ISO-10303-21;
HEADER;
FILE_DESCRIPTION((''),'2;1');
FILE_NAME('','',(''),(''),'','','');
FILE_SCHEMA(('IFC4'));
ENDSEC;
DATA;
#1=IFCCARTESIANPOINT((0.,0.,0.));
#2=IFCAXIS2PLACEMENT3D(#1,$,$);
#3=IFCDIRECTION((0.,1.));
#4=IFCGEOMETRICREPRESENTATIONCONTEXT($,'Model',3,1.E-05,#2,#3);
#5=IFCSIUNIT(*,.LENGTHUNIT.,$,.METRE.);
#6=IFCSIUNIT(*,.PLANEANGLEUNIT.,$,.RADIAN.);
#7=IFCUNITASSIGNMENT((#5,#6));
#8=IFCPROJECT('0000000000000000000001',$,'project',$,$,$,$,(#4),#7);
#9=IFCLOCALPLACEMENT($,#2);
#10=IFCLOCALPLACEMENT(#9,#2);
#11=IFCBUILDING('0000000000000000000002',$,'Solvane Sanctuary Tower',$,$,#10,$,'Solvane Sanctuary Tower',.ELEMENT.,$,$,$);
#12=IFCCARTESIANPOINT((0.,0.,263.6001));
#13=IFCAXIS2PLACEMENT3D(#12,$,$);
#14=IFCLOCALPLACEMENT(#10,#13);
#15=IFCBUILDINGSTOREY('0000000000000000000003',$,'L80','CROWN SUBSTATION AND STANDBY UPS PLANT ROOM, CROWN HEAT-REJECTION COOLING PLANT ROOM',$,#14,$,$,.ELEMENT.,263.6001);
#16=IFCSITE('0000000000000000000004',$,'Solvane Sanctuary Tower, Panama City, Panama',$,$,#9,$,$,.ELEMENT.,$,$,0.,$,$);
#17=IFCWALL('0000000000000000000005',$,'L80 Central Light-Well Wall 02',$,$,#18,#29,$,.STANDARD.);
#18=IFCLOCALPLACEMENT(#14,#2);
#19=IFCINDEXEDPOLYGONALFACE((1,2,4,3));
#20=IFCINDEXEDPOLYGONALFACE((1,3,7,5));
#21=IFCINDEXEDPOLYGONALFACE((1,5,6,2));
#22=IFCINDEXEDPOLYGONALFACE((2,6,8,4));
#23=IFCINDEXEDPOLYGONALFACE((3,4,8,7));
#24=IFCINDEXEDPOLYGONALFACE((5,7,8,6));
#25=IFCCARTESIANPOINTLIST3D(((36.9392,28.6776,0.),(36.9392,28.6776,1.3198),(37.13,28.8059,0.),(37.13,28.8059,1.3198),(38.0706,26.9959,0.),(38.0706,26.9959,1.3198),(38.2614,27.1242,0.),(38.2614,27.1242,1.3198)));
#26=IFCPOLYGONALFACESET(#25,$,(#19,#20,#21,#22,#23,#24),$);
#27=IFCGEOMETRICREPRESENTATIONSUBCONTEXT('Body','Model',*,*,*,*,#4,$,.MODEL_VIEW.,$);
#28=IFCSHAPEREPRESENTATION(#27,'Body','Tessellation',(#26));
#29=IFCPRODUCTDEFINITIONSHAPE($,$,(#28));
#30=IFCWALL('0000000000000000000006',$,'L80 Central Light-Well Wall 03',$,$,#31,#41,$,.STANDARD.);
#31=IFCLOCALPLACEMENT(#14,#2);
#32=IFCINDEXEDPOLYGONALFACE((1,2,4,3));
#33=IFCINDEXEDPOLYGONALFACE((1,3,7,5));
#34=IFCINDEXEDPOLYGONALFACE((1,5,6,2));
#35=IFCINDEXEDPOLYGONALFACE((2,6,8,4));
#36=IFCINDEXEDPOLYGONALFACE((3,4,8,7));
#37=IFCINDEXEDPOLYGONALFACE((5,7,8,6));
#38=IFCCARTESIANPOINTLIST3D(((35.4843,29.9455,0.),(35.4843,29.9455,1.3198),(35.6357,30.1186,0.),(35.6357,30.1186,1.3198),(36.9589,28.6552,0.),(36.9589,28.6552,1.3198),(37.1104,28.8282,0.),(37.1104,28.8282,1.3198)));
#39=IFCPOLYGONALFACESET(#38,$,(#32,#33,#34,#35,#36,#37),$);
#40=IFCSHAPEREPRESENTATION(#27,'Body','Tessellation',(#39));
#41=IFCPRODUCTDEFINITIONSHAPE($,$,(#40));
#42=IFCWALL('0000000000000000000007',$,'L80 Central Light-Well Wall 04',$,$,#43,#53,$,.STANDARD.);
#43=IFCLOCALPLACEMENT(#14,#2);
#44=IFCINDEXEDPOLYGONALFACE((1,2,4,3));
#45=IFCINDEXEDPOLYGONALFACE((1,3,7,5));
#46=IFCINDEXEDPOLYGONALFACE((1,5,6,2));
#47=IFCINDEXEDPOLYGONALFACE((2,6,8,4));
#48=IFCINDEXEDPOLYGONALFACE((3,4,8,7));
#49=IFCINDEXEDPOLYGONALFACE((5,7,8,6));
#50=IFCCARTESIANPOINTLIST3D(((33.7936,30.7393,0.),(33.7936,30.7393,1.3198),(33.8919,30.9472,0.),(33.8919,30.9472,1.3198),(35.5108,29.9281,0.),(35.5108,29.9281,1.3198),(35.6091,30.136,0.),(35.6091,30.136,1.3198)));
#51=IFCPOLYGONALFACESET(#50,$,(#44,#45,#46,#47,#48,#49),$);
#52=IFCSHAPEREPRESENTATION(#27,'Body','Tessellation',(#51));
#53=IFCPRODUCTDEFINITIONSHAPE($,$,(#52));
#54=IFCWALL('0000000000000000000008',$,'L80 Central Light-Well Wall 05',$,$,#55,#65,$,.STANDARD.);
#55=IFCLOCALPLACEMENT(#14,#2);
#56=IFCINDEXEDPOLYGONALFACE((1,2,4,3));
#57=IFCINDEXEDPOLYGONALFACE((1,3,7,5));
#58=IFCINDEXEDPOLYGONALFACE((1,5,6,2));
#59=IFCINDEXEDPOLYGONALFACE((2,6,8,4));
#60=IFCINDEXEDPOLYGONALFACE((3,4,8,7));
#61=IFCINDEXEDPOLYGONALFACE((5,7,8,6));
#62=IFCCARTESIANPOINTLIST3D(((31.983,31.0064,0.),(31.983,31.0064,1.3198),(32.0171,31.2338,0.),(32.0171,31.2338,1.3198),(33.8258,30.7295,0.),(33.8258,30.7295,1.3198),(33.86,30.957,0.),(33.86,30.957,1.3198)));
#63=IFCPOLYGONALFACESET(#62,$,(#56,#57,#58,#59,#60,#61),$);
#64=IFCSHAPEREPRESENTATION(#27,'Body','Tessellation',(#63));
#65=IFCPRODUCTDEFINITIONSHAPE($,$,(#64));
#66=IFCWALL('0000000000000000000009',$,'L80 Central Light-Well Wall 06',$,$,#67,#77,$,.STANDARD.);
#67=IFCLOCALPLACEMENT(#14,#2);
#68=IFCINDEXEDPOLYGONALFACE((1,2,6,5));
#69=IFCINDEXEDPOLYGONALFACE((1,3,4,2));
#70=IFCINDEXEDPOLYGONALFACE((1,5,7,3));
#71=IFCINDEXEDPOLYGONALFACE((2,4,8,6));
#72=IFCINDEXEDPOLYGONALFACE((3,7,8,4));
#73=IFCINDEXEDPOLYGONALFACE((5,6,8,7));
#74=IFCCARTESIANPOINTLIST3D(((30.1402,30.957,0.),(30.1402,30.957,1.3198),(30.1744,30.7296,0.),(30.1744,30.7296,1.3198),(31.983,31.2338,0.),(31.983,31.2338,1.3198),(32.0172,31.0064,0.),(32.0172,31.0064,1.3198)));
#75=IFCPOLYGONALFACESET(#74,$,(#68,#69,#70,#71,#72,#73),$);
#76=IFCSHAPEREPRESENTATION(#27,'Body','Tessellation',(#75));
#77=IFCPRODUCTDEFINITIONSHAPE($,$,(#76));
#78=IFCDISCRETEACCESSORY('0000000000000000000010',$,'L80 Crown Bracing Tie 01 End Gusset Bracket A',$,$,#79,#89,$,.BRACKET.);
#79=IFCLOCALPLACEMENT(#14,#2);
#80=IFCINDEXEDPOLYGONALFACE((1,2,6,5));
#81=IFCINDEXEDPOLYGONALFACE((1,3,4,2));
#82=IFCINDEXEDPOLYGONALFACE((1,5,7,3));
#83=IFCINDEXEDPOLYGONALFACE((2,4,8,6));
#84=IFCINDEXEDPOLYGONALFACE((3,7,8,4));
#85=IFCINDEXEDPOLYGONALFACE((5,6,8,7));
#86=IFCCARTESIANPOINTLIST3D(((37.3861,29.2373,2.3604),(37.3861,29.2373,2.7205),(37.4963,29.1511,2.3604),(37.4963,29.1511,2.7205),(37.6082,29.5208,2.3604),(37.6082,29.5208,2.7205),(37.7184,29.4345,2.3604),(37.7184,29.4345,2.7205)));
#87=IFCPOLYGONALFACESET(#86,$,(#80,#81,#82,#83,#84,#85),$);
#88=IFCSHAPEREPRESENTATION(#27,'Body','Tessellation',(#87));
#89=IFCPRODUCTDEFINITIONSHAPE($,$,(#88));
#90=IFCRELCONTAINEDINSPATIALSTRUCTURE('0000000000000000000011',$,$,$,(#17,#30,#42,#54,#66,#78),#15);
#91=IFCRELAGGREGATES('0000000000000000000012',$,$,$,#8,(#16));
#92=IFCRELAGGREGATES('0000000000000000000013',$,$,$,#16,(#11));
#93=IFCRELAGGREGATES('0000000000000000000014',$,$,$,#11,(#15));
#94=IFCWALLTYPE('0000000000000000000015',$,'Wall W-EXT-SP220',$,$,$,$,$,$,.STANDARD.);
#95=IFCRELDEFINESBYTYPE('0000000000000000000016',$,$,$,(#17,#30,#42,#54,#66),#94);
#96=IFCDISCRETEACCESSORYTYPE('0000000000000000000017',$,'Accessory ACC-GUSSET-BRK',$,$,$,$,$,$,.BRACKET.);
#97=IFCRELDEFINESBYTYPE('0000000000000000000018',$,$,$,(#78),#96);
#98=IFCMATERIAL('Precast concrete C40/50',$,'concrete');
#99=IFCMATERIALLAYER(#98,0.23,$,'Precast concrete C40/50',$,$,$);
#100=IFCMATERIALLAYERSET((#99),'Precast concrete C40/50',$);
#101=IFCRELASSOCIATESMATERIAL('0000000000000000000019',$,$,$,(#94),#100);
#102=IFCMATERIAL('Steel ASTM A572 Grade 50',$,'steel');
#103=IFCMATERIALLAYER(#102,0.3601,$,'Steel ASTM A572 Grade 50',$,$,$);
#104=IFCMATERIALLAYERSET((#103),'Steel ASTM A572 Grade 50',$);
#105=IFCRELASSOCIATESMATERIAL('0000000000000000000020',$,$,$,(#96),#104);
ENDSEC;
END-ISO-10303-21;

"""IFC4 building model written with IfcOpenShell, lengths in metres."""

from ifc_helpers import new_model, si_unit, direction, frame, frame_2d, origin, origin_2d, place, context, subcontext, project, spatial, rectangle, extrude, material, layer, layer_set, type_object, element, save


model = new_model("IFC4")

# Units and contexts
model_context = context("Model", 3, precision=1e-05, world=origin(), true_north=direction((0.0, 1.0)))
body_context = subcontext(model_context, "Body", "Model", "MODEL_VIEW")
ifc_project = project(units=[si_unit("LENGTHUNIT", "METRE"), si_unit("PLANEANGLEUNIT", "RADIAN")], contexts=[model_context])

# Site, building, storey
site_placement = place(None, origin())
site = spatial("IfcSite", under=ifc_project, at=site_placement, Name="Solvane Sanctuary Tower, Panama City, Panama", CompositionType="ELEMENT", RefElevation=0.0)
building_placement = place(site_placement, origin())
building = spatial("IfcBuilding", under=site, at=building_placement, Name="Solvane Sanctuary Tower", LongName="Solvane Sanctuary Tower", CompositionType="ELEMENT")
storey_placement = place(building_placement, frame((0.0, 0.0, 263.6001)))
storey = spatial("IfcBuildingStorey", under=building, at=storey_placement, Name="L80", Description="CROWN SUBSTATION AND STANDBY UPS PLANT ROOM, CROWN HEAT-REJECTION COOLING PLANT ROOM", CompositionType="ELEMENT", Elevation=263.6001)

# Walls
ifc_material_1 = material(Name="Precast concrete C40/50", Category="concrete")
ifc_layer_1 = layer(ifc_material_1, 0.23, Name="Precast concrete C40/50")
ifc_layer_set_1 = layer_set([ifc_layer_1], Name="Precast concrete C40/50")
wall_type_1 = type_object("IfcWallType", Name="Wall W-EXT-SP220", PredefinedType="STANDARD", material=ifc_layer_set_1)
wall_1_placement = place(storey_placement, frame((38.166, 27.0601, 0.0), z_axis=(0.0, 0.0, 1.0), x_axis=(-0.558198, 0.829708, 0.0)))
element("IfcWall", 1, at=wall_1_placement, inside=storey, type_object=wall_type_1, Name="L80 Central Light-Well Wall 02", PredefinedType="STANDARD", context=body_context, shape_type="SweptSolid", body=[
    extrude(rectangle(XDim=2.0269, YDim=0.23, at=frame_2d((1.0134, 0.0))), origin(), (0.0, 0.0, 1.0), 1.3198),
])
wall_2_placement = place(storey_placement, frame((37.0347, 28.7417, 0.0), z_axis=(0.0, 0.0, 1.0), x_axis=(-0.752577, 0.658505, 0.0)))
element("IfcWall", 2, at=wall_2_placement, inside=storey, type_object=wall_type_1, Name="L80 Central Light-Well Wall 03", PredefinedType="STANDARD", context=body_context, shape_type="SweptSolid", body=[
    extrude(rectangle(XDim=1.9595, YDim=0.23, at=frame_2d((0.9797, 0.0))), origin(), (0.0, 0.0, 1.0), 1.3198),
])
wall_3_placement = place(storey_placement, frame((35.5601, 30.032, 0.0), z_axis=(0.0, 0.0, 1.0), x_axis=(-0.90418, 0.427152, 0.0)))
element("IfcWall", 3, at=wall_3_placement, inside=storey, type_object=wall_type_1, Name="L80 Central Light-Well Wall 04", PredefinedType="STANDARD", context=body_context, shape_type="SweptSolid", body=[
    extrude(rectangle(XDim=1.8992, YDim=0.23, at=frame_2d((0.9497, 0.0))), origin(), (0.0, 0.0, 1.0), 1.3198),
])
for number, where, z_axis, x_axis, name in (
    (4, (33.8428, 30.8433, 0.0), (0.0, 0.0, 1.0), (-0.988902, 0.148571, 0.0), "L80 Central Light-Well Wall 05"),
    (5, (32.0, 31.1201, 0.0), (0.0, 0.0, 1.0), (-0.988902, -0.148571, 0.0), "L80 Central Light-Well Wall 06"),
):
    element("IfcWall", number, at=place(storey_placement, frame(where, z_axis=z_axis, x_axis=x_axis)), inside=storey, type_object=wall_type_1, Name=name, PredefinedType="STANDARD", context=body_context, shape_type="SweptSolid", body=[
        extrude(rectangle(XDim=1.8635, YDim=0.23, at=frame_2d((0.9316, 0.0))), origin(), (0.0, 0.0, 1.0), 1.3198),
    ])

# Discrete accessory
ifc_material_2 = material(Name="Steel ASTM A572 Grade 50", Category="steel")
ifc_layer_2 = layer(ifc_material_2, 0.3601, Name="Steel ASTM A572 Grade 50")
ifc_layer_set_2 = layer_set([ifc_layer_2], Name="Steel ASTM A572 Grade 50")
discrete_accessory_type = type_object("IfcDiscreteAccessoryType", Name="Accessory ACC-GUSSET-BRK", PredefinedType="BRACKET", material=ifc_layer_set_2)
discrete_accessory_placement = place(storey_placement, frame((37.5522, 29.3359, 2.3604), z_axis=(0.0, 0.0, 1.0), x_axis=(0.616761, 0.78715, 0.0)))
element("IfcDiscreteAccessory", 6, at=discrete_accessory_placement, inside=storey, type_object=discrete_accessory_type, Name="L80 Crown Bracing Tie 01 End Gusset Bracket A", PredefinedType="BRACKET", context=body_context, shape_type="SweptSolid", body=[
    extrude(rectangle(XDim=0.3601, YDim=0.1399, at=origin_2d()), origin(), (0.0, 0.0, 1.0), 0.3601),
])

save(model, "model.ifc")
